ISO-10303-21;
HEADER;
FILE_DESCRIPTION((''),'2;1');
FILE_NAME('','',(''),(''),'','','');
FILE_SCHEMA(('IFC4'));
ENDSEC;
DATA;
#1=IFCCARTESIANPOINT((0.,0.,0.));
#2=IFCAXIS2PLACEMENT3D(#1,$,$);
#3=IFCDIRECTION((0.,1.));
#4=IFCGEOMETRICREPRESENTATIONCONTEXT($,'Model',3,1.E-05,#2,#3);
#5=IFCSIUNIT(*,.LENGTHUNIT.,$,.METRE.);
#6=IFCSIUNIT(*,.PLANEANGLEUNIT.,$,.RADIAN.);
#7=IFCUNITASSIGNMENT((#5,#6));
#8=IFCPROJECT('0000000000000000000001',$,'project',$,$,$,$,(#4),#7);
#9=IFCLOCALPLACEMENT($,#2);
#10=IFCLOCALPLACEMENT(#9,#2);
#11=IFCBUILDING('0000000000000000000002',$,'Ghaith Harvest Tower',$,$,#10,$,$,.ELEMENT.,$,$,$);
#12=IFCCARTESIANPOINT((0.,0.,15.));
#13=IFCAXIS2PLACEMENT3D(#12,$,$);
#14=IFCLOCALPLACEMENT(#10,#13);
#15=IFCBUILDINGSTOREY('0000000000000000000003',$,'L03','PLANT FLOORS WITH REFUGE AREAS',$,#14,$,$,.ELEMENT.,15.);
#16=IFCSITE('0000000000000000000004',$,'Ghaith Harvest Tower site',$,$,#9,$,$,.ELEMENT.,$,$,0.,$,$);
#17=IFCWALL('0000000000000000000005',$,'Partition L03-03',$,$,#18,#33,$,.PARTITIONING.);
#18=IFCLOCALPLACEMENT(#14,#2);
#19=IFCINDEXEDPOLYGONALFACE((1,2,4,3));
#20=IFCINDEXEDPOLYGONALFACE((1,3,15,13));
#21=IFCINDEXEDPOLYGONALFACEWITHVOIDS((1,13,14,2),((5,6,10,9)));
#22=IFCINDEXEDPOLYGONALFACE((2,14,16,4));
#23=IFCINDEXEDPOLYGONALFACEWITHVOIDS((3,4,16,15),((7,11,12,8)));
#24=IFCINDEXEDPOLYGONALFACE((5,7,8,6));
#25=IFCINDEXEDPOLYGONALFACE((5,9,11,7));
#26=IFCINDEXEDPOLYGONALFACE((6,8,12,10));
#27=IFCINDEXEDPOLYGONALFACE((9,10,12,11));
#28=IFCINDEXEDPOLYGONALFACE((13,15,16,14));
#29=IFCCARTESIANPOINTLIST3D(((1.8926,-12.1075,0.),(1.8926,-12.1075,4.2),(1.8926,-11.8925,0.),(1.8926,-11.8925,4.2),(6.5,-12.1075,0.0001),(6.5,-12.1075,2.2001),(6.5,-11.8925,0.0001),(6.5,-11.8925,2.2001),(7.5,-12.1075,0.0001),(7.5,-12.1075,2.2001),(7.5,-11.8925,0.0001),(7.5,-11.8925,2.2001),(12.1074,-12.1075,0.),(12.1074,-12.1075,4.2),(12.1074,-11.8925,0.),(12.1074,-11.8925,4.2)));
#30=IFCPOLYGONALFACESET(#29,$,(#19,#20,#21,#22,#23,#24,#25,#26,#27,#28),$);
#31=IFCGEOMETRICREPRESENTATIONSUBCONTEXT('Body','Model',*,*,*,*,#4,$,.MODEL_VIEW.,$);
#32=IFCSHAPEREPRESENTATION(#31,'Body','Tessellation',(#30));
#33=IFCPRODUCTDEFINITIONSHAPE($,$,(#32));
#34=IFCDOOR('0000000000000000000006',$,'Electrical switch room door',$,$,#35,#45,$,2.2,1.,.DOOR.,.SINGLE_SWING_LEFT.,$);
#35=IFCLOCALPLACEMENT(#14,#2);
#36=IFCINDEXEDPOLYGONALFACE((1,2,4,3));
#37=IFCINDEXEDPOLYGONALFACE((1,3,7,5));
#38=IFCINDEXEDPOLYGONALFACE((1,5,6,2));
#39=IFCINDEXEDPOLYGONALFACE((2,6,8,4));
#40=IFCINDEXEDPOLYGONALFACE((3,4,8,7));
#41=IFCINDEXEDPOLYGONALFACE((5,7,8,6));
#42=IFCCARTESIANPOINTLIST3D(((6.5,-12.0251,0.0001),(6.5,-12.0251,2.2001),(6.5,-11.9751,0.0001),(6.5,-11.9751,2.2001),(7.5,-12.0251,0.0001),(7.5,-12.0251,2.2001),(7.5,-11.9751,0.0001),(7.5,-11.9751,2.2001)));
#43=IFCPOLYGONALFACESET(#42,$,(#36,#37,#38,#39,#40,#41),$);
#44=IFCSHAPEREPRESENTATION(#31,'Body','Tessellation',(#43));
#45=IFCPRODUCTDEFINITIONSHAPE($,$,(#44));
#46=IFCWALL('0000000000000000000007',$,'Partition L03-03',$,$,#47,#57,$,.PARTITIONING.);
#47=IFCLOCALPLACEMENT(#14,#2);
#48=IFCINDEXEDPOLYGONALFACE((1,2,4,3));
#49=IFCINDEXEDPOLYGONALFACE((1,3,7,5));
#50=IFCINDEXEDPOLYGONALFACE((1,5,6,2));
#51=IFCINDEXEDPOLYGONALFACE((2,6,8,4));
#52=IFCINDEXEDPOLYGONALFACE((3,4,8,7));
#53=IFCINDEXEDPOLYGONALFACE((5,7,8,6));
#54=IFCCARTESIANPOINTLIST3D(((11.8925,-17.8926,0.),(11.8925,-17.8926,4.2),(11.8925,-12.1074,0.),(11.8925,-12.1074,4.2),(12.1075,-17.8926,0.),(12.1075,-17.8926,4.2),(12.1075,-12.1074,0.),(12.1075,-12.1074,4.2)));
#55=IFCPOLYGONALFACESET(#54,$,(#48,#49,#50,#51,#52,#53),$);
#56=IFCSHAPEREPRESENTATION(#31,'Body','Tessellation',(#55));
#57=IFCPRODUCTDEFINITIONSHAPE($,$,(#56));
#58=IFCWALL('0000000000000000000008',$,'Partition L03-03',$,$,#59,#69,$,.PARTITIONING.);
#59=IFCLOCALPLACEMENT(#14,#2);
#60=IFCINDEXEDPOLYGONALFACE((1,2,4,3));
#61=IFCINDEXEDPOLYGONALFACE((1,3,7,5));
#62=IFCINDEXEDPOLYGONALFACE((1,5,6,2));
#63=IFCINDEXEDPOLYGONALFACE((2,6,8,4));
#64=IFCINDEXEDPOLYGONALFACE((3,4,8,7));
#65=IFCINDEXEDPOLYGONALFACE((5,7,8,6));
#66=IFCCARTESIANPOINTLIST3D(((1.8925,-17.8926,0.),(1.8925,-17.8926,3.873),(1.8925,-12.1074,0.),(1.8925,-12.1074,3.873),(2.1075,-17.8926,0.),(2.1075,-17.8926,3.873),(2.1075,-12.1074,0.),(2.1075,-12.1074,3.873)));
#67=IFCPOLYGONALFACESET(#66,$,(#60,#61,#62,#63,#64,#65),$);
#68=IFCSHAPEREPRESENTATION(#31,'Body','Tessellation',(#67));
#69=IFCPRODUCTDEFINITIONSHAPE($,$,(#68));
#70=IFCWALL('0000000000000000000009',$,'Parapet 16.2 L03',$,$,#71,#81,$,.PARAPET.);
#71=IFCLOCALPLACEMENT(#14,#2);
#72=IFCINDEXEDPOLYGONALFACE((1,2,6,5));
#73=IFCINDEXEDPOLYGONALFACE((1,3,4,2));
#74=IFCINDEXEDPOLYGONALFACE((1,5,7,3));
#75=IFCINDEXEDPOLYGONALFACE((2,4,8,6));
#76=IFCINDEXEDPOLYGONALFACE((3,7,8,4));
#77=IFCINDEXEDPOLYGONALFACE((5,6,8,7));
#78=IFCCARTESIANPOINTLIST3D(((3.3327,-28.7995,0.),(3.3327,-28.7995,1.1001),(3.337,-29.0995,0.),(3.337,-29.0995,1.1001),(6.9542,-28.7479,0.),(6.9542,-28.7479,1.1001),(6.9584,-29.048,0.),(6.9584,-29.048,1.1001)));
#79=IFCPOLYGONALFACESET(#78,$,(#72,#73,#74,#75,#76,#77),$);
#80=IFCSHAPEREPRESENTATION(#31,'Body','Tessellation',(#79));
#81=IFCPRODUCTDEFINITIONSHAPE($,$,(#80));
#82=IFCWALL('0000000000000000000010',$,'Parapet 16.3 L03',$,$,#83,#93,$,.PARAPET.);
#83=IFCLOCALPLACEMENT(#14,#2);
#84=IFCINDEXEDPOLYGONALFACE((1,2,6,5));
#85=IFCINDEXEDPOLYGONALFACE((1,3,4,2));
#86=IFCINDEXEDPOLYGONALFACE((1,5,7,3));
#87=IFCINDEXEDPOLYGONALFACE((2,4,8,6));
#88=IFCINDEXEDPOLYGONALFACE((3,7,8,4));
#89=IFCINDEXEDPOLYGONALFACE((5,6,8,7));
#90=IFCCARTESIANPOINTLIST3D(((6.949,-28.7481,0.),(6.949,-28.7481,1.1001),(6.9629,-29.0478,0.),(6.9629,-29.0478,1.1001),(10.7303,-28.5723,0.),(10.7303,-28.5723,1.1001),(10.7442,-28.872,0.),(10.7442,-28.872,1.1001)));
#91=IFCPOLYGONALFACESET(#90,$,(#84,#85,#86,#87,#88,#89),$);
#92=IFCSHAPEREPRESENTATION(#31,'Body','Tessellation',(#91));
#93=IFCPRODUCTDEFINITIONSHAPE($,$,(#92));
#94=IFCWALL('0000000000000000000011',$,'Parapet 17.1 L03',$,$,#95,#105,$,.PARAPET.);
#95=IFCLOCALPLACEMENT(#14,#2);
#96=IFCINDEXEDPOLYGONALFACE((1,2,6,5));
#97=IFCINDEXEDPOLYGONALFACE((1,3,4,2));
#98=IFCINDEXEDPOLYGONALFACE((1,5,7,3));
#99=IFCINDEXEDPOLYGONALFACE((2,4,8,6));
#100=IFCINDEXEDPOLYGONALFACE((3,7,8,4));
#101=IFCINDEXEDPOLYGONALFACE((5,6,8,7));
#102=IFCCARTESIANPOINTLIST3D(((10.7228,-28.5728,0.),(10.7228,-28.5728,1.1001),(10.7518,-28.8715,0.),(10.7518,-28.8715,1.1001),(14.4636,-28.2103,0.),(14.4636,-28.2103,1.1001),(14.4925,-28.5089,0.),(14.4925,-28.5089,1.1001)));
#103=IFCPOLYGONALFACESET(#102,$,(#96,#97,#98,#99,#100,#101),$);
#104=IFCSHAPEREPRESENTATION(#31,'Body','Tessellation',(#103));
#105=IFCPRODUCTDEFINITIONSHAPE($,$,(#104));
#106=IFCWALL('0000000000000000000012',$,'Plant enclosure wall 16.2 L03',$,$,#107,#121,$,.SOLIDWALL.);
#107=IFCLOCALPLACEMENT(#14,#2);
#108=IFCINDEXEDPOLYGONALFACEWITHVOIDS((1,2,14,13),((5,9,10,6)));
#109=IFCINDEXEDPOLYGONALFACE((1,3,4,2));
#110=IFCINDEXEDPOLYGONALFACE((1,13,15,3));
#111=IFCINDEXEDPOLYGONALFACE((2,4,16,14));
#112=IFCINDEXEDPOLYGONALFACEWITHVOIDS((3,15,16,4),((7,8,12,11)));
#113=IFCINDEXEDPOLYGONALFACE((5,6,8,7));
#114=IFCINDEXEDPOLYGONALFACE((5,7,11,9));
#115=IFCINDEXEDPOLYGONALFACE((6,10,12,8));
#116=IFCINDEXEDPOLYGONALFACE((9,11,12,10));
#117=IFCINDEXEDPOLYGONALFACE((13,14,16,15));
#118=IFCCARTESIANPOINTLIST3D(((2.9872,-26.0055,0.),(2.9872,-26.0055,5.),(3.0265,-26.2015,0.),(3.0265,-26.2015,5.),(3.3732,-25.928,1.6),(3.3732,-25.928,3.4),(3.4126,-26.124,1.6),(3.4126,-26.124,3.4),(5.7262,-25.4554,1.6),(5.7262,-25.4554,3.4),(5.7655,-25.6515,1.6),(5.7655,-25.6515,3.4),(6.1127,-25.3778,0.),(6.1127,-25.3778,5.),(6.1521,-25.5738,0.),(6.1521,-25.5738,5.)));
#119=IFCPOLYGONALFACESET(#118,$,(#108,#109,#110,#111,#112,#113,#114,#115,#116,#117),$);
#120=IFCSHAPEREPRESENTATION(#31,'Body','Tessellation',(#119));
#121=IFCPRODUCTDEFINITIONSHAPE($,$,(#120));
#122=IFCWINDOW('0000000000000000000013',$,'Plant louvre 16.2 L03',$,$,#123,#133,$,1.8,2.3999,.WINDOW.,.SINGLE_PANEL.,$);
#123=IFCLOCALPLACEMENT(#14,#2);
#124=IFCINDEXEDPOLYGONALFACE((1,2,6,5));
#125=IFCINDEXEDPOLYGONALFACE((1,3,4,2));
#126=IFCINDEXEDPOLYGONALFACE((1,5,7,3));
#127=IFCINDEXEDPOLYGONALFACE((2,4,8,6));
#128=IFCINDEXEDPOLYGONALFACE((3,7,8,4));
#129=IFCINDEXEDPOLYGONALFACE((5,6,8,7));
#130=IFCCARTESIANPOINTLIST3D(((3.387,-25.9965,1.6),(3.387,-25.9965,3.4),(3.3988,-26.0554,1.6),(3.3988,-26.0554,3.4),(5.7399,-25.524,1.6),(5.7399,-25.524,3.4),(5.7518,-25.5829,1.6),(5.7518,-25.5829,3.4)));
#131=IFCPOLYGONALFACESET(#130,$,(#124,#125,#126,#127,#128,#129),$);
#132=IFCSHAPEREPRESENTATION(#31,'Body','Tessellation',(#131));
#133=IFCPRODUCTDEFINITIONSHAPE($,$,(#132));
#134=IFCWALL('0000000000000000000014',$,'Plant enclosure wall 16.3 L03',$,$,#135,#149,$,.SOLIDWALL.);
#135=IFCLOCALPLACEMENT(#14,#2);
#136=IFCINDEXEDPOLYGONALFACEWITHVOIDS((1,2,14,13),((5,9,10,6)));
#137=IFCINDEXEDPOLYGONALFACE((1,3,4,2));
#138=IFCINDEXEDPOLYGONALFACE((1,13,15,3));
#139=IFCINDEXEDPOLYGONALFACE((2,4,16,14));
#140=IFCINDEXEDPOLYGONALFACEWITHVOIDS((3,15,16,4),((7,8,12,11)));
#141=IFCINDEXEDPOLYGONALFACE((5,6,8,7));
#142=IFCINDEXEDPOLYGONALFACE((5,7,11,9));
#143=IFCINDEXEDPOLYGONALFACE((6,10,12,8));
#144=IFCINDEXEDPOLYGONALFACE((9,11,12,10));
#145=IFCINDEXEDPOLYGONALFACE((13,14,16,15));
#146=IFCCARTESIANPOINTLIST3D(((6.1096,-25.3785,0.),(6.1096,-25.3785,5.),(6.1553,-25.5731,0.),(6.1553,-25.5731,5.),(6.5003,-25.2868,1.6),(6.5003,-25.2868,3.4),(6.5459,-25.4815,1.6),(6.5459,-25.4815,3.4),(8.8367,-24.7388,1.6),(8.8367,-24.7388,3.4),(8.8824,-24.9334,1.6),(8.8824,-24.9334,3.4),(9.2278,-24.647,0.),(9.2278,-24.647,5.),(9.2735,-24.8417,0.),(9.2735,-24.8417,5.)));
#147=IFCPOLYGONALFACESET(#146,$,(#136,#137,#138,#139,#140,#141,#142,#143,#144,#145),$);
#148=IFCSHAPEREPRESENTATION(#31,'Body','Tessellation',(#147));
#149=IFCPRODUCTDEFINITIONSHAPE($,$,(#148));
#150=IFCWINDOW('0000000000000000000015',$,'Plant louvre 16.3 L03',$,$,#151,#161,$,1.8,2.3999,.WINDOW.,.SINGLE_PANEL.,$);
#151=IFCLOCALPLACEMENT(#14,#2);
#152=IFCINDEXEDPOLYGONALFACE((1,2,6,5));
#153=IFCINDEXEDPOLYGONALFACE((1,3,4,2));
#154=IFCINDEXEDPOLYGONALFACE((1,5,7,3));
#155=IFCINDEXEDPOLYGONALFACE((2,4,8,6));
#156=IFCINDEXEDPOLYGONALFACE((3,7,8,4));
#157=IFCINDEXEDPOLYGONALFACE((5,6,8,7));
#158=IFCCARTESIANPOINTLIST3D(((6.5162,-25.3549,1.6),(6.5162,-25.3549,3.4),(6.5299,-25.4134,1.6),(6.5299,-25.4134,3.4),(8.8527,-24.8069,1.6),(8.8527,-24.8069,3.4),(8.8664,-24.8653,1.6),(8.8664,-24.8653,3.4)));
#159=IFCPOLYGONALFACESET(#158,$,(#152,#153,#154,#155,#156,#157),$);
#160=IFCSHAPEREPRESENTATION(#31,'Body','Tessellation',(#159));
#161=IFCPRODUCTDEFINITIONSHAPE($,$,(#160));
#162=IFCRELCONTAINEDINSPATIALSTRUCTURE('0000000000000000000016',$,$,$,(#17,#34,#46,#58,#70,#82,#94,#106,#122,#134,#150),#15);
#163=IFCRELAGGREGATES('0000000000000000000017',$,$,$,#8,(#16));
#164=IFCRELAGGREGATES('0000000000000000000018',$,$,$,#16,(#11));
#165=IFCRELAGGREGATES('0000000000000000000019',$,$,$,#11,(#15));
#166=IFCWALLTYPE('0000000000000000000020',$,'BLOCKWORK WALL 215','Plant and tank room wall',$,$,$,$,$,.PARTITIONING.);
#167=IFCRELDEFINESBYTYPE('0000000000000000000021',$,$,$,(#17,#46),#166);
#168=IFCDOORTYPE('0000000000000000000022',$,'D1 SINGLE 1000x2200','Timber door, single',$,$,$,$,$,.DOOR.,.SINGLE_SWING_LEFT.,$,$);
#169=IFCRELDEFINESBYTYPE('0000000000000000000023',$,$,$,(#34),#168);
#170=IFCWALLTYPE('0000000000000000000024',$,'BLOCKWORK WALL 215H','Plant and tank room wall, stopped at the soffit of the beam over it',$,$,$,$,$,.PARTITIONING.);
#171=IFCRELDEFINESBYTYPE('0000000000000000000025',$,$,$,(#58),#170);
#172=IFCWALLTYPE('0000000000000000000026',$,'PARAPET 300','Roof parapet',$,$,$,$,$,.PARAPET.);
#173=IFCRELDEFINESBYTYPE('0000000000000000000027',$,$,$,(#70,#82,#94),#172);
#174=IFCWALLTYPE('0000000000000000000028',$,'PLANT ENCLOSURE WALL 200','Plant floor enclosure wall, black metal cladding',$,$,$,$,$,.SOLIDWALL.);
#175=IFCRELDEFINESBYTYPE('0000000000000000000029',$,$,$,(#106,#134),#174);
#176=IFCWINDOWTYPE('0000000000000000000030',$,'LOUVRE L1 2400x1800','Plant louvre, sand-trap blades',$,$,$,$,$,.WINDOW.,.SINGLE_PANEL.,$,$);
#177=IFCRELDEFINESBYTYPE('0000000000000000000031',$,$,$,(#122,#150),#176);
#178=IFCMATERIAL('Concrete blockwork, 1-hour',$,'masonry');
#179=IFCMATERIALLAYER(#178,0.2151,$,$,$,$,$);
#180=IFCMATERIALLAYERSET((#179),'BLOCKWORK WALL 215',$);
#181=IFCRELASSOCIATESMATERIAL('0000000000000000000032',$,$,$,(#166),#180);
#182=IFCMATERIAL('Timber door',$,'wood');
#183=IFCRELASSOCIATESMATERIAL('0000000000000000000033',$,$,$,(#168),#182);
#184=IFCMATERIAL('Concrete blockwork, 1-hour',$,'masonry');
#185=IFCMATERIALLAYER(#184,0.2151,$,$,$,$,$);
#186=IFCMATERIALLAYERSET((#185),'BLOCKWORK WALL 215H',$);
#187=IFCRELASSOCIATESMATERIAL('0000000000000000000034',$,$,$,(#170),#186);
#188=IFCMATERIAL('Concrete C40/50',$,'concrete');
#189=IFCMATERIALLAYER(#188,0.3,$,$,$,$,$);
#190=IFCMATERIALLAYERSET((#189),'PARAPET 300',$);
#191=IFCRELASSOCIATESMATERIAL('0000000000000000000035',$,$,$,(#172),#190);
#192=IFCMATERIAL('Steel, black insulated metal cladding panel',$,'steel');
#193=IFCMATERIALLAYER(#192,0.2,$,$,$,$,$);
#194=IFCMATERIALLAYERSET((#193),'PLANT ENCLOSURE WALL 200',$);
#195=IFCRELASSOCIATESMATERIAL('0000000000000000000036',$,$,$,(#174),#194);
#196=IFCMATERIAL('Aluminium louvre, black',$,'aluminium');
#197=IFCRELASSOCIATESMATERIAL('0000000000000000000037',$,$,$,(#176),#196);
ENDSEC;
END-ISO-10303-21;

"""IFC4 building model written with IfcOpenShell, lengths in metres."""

from ifc_helpers import new_model, si_unit, direction, frame, frame_2d, origin, place, context, subcontext, project, spatial, rectangle, extrude, material, layer, layer_set, type_object, element, fill, save


model = new_model("IFC4")

# Units and contexts
model_context = context("Model", 3, precision=1e-05, world=origin(), true_north=direction((0.0, 1.0)))
body_context = subcontext(model_context, "Body", "Model", "MODEL_VIEW")
ifc_project = project(units=[si_unit("LENGTHUNIT", "METRE"), si_unit("PLANEANGLEUNIT", "RADIAN")], contexts=[model_context])

# Site, building, storey
site_placement = place(None, origin())
site = spatial("IfcSite", under=ifc_project, at=site_placement, Name="Ghaith Harvest Tower site", CompositionType="ELEMENT", RefElevation=0.0)
building_placement = place(site_placement, origin())
building = spatial("IfcBuilding", under=site, at=building_placement, Name="Ghaith Harvest Tower", CompositionType="ELEMENT")
storey_placement = place(building_placement, frame((0.0, 0.0, 15.0)))
storey = spatial("IfcBuildingStorey", under=building, at=storey_placement, Name="L03", Description="PLANT FLOORS WITH REFUGE AREAS", CompositionType="ELEMENT", Elevation=15.0)

# Shared definitions
ifc_material_1 = material(Name="Concrete blockwork, 1-hour", Category="masonry")
ifc_layer_1 = layer(ifc_material_1, 0.2151)
ifc_layer_set_1 = layer_set([ifc_layer_1], Name="BLOCKWORK WALL 215")
wall_type_1 = type_object("IfcWallType", Name="BLOCKWORK WALL 215", Description="Plant and tank room wall", PredefinedType="PARTITIONING", material=ifc_layer_set_1)

# Wall, opening, door
wall_1_placement = place(storey_placement, frame((1.8926, -12.0, 0.0), z_axis=(0.0, 0.0, 1.0), x_axis=(1.0, 0.0, 0.0)))
wall_1 = element("IfcWall", 1, at=wall_1_placement, inside=storey, type_object=wall_type_1, Name="Partition L03-03", PredefinedType="PARTITIONING", context=body_context, shape_type="SweptSolid", body=[
    extrude(rectangle(XDim=10.2148, YDim=0.2151, at=frame_2d((5.1074, 0.0))), origin(), (0.0, 0.0, 1.0), 4.2),
])
opening_1_placement = place(wall_1_placement, frame((4.6074, 0.0, 0.0)))
opening_1 = element("IfcOpeningElement", 2, at=opening_1_placement, cuts=wall_1, PredefinedType="OPENING", context=body_context, shape_type="SweptSolid", body=[
    extrude(rectangle(XDim=1.0, YDim=2.2, at=frame_2d((0.5, 1.1001))), frame((0.0, 0.1177, 0.0), z_axis=(0.0, -1.0, 0.0), x_axis=(1.0, 0.0, 0.0)), (0.0, 0.0, 1.0), 0.2351),
])
ifc_material_2 = material(Name="Timber door", Category="wood")
door_type = type_object("IfcDoorType", Name="D1 SINGLE 1000x2200", Description="Timber door, single", OperationType="SINGLE_SWING_LEFT", PredefinedType="DOOR", material=ifc_material_2)
door_placement = place(opening_1_placement, origin())
door = element("IfcDoor", 3, at=door_placement, inside=storey, type_object=door_type, Name="Electrical switch room door", OperationType="SINGLE_SWING_LEFT", OverallHeight=2.2, OverallWidth=1.0, PredefinedType="DOOR", context=body_context, shape_type="SweptSolid", body=[
    extrude(rectangle(XDim=1.0, YDim=2.2, at=frame_2d((0.5, 1.1001))), frame((0.0, 0.0249, 0.0), z_axis=(0.0, -1.0, 0.0), x_axis=(1.0, 0.0, 0.0)), (0.0, 0.0, 1.0), 0.05),
])
fill(opening_1, door)

# Walls
wall_2_placement = place(storey_placement, frame((12.0, -17.8926, 0.0), z_axis=(0.0, 0.0, 1.0), x_axis=(0.0, 1.0, 0.0)))
element("IfcWall", 4, at=wall_2_placement, inside=storey, type_object=wall_type_1, Name="Partition L03-03", PredefinedType="PARTITIONING", context=body_context, shape_type="SweptSolid", body=[
    extrude(rectangle(XDim=5.7852, YDim=0.2151, at=frame_2d((2.8926, 0.0))), origin(), (0.0, 0.0, 1.0), 4.2),
])
ifc_material_3 = material(Name="Concrete blockwork, 1-hour", Category="masonry")
ifc_layer_2 = layer(ifc_material_3, 0.2151)
ifc_layer_set_2 = layer_set([ifc_layer_2], Name="BLOCKWORK WALL 215H")
wall_type_2 = type_object("IfcWallType", Name="BLOCKWORK WALL 215H", Description="Plant and tank room wall, stopped at the soffit of the beam over it", PredefinedType="PARTITIONING", material=ifc_layer_set_2)
wall_3_placement = place(storey_placement, frame((2.0, -17.8926, 0.0), z_axis=(0.0, 0.0, 1.0), x_axis=(0.0, 1.0, 0.0)))
element("IfcWall", 5, at=wall_3_placement, inside=storey, type_object=wall_type_2, Name="Partition L03-03", PredefinedType="PARTITIONING", context=body_context, shape_type="SweptSolid", body=[
    extrude(rectangle(XDim=5.7852, YDim=0.2151, at=frame_2d((2.8926, 0.0))), origin(), (0.0, 0.0, 1.0), 3.873),
])
ifc_material_4 = material(Name="Concrete C40/50", Category="concrete")
ifc_layer_3 = layer(ifc_material_4, 0.3)
ifc_layer_set_3 = layer_set([ifc_layer_3], Name="PARAPET 300")
wall_type_3 = type_object("IfcWallType", Name="PARAPET 300", Description="Roof parapet", PredefinedType="PARAPET", material=ifc_layer_set_3)
wall_4_placement = place(storey_placement, frame((3.3347, -28.9495, 0.0), z_axis=(0.0, 0.0, 1.0), x_axis=(0.999899, 0.014224, 0.0)))
element("IfcWall", 6, at=wall_4_placement, inside=storey, type_object=wall_type_3, Name="Parapet 16.2 L03", PredefinedType="PARAPET", context=body_context, shape_type="SweptSolid", body=[
    extrude(rectangle(XDim=3.6218, YDim=0.3, at=frame_2d((1.811, 0.0))), origin(), (0.0, 0.0, 1.0), 1.1001),
])
wall_5_placement = place(storey_placement, frame((6.9561, -28.8979, 0.0), z_axis=(0.0, 0.0, 1.0), x_axis=(0.998921, 0.046437, 0.0)))
element("IfcWall", 7, at=wall_5_placement, inside=storey, type_object=wall_type_3, Name="Parapet 16.3 L03", PredefinedType="PARAPET", context=body_context, shape_type="SweptSolid", body=[
    extrude(rectangle(XDim=3.7854, YDim=0.3, at=frame_2d((1.8926, 0.0))), origin(), (0.0, 0.0, 1.0), 1.1001),
])
wall_6_placement = place(storey_placement, frame((10.7373, -28.7222, 0.0), z_axis=(0.0, 0.0, 1.0), x_axis=(0.995336, 0.096467, 0.0)))
element("IfcWall", 8, at=wall_6_placement, inside=storey, type_object=wall_type_3, Name="Parapet 17.1 L03", PredefinedType="PARAPET", context=body_context, shape_type="SweptSolid", body=[
    extrude(rectangle(XDim=3.7583, YDim=0.3, at=frame_2d((1.8792, 0.0))), origin(), (0.0, 0.0, 1.0), 1.1001),
])

# Walls, openings, windows
ifc_material_5 = material(Name="Steel, black insulated metal cladding panel", Category="steel")
ifc_layer_4 = layer(ifc_material_5, 0.2)
ifc_layer_set_4 = layer_set([ifc_layer_4], Name="PLANT ENCLOSURE WALL 200")
wall_type_4 = type_object("IfcWallType", Name="PLANT ENCLOSURE WALL 200", Description="Plant floor enclosure wall, black metal cladding", PredefinedType="SOLIDWALL", material=ifc_layer_set_4)
wall_7_placement = place(storey_placement, frame((3.0068, -26.1035, 0.0), z_axis=(0.0, 0.0, 1.0), x_axis=(0.980424, 0.196897, 0.0)))
wall_7 = element("IfcWall", 9, at=wall_7_placement, inside=storey, type_object=wall_type_4, Name="Plant enclosure wall 16.2 L03", PredefinedType="SOLIDWALL", context=body_context, shape_type="SweptSolid", body=[
    extrude(rectangle(XDim=3.188, YDim=0.2, at=frame_2d((1.594, 0.0))), origin(), (0.0, 0.0, 1.0), 5.0),
])
opening_2_placement = place(wall_7_placement, frame((0.3938, 0.0, 1.6001)))
opening_2 = element("IfcOpeningElement", 10, at=opening_2_placement, cuts=wall_7, PredefinedType="OPENING", context=body_context, shape_type="SweptSolid", body=[
    extrude(rectangle(XDim=2.3999, YDim=1.8, at=frame_2d((1.2, 0.8999))), frame((0.0, 0.1099, 0.0), z_axis=(0.0, -1.0, 0.0), x_axis=(1.0, 0.0, 0.0)), (0.0, 0.0, 1.0), 0.22),
])
ifc_material_6 = material(Name="Aluminium louvre, black", Category="aluminium")
window_type = type_object("IfcWindowType", Name="LOUVRE L1 2400x1800", Description="Plant louvre, sand-trap blades", PartitioningType="SINGLE_PANEL", PredefinedType="WINDOW", material=ifc_material_6)
window_1_placement = place(opening_2_placement, origin())
window_1 = element("IfcWindow", 11, at=window_1_placement, inside=storey, type_object=window_type, Name="Plant louvre 16.2 L03", OverallHeight=1.8, OverallWidth=2.3999, PartitioningType="SINGLE_PANEL", PredefinedType="WINDOW", context=body_context, shape_type="SweptSolid", body=[
    extrude(rectangle(XDim=2.3999, YDim=1.8, at=frame_2d((1.2, 0.8999))), frame((0.0, 0.03, 0.0), z_axis=(0.0, -1.0, 0.0), x_axis=(1.0, 0.0, 0.0)), (0.0, 0.0, 1.0), 0.0601),
])
fill(opening_2, window_1)
wall_8_placement = place(storey_placement, frame((6.1323, -25.4758, 0.0), z_axis=(0.0, 0.0, 1.0), x_axis=(0.973573, 0.228376, 0.0)))
wall_8 = element("IfcWall", 12, at=wall_8_placement, inside=storey, type_object=wall_type_4, Name="Plant enclosure wall 16.3 L03", PredefinedType="SOLIDWALL", context=body_context, shape_type="SweptSolid", body=[
    extrude(rectangle(XDim=3.2029, YDim=0.2, at=frame_2d((1.6016, 0.0))), origin(), (0.0, 0.0, 1.0), 5.0),
])
opening_3_placement = place(wall_8_placement, frame((0.4014, 0.0, 1.6001)))
opening_3 = element("IfcOpeningElement", 13, at=opening_3_placement, cuts=wall_8, PredefinedType="OPENING", context=body_context, shape_type="SweptSolid", body=[
    extrude(rectangle(XDim=2.3999, YDim=1.8, at=frame_2d((1.2, 0.8999))), frame((0.0, 0.1099, 0.0), z_axis=(0.0, -1.0, 0.0), x_axis=(1.0, 0.0, 0.0)), (0.0, 0.0, 1.0), 0.22),
])
window_2_placement = place(opening_3_placement, origin())
window_2 = element("IfcWindow", 14, at=window_2_placement, inside=storey, type_object=window_type, Name="Plant louvre 16.3 L03", OverallHeight=1.8, OverallWidth=2.3999, PartitioningType="SINGLE_PANEL", PredefinedType="WINDOW", context=body_context, shape_type="SweptSolid", body=[
    extrude(rectangle(XDim=2.3999, YDim=1.8, at=frame_2d((1.2, 0.8999))), frame((0.0, 0.03, 0.0), z_axis=(0.0, -1.0, 0.0), x_axis=(1.0, 0.0, 0.0)), (0.0, 0.0, 1.0), 0.0601),
])
fill(opening_3, window_2)

save(model, "model.ifc")
